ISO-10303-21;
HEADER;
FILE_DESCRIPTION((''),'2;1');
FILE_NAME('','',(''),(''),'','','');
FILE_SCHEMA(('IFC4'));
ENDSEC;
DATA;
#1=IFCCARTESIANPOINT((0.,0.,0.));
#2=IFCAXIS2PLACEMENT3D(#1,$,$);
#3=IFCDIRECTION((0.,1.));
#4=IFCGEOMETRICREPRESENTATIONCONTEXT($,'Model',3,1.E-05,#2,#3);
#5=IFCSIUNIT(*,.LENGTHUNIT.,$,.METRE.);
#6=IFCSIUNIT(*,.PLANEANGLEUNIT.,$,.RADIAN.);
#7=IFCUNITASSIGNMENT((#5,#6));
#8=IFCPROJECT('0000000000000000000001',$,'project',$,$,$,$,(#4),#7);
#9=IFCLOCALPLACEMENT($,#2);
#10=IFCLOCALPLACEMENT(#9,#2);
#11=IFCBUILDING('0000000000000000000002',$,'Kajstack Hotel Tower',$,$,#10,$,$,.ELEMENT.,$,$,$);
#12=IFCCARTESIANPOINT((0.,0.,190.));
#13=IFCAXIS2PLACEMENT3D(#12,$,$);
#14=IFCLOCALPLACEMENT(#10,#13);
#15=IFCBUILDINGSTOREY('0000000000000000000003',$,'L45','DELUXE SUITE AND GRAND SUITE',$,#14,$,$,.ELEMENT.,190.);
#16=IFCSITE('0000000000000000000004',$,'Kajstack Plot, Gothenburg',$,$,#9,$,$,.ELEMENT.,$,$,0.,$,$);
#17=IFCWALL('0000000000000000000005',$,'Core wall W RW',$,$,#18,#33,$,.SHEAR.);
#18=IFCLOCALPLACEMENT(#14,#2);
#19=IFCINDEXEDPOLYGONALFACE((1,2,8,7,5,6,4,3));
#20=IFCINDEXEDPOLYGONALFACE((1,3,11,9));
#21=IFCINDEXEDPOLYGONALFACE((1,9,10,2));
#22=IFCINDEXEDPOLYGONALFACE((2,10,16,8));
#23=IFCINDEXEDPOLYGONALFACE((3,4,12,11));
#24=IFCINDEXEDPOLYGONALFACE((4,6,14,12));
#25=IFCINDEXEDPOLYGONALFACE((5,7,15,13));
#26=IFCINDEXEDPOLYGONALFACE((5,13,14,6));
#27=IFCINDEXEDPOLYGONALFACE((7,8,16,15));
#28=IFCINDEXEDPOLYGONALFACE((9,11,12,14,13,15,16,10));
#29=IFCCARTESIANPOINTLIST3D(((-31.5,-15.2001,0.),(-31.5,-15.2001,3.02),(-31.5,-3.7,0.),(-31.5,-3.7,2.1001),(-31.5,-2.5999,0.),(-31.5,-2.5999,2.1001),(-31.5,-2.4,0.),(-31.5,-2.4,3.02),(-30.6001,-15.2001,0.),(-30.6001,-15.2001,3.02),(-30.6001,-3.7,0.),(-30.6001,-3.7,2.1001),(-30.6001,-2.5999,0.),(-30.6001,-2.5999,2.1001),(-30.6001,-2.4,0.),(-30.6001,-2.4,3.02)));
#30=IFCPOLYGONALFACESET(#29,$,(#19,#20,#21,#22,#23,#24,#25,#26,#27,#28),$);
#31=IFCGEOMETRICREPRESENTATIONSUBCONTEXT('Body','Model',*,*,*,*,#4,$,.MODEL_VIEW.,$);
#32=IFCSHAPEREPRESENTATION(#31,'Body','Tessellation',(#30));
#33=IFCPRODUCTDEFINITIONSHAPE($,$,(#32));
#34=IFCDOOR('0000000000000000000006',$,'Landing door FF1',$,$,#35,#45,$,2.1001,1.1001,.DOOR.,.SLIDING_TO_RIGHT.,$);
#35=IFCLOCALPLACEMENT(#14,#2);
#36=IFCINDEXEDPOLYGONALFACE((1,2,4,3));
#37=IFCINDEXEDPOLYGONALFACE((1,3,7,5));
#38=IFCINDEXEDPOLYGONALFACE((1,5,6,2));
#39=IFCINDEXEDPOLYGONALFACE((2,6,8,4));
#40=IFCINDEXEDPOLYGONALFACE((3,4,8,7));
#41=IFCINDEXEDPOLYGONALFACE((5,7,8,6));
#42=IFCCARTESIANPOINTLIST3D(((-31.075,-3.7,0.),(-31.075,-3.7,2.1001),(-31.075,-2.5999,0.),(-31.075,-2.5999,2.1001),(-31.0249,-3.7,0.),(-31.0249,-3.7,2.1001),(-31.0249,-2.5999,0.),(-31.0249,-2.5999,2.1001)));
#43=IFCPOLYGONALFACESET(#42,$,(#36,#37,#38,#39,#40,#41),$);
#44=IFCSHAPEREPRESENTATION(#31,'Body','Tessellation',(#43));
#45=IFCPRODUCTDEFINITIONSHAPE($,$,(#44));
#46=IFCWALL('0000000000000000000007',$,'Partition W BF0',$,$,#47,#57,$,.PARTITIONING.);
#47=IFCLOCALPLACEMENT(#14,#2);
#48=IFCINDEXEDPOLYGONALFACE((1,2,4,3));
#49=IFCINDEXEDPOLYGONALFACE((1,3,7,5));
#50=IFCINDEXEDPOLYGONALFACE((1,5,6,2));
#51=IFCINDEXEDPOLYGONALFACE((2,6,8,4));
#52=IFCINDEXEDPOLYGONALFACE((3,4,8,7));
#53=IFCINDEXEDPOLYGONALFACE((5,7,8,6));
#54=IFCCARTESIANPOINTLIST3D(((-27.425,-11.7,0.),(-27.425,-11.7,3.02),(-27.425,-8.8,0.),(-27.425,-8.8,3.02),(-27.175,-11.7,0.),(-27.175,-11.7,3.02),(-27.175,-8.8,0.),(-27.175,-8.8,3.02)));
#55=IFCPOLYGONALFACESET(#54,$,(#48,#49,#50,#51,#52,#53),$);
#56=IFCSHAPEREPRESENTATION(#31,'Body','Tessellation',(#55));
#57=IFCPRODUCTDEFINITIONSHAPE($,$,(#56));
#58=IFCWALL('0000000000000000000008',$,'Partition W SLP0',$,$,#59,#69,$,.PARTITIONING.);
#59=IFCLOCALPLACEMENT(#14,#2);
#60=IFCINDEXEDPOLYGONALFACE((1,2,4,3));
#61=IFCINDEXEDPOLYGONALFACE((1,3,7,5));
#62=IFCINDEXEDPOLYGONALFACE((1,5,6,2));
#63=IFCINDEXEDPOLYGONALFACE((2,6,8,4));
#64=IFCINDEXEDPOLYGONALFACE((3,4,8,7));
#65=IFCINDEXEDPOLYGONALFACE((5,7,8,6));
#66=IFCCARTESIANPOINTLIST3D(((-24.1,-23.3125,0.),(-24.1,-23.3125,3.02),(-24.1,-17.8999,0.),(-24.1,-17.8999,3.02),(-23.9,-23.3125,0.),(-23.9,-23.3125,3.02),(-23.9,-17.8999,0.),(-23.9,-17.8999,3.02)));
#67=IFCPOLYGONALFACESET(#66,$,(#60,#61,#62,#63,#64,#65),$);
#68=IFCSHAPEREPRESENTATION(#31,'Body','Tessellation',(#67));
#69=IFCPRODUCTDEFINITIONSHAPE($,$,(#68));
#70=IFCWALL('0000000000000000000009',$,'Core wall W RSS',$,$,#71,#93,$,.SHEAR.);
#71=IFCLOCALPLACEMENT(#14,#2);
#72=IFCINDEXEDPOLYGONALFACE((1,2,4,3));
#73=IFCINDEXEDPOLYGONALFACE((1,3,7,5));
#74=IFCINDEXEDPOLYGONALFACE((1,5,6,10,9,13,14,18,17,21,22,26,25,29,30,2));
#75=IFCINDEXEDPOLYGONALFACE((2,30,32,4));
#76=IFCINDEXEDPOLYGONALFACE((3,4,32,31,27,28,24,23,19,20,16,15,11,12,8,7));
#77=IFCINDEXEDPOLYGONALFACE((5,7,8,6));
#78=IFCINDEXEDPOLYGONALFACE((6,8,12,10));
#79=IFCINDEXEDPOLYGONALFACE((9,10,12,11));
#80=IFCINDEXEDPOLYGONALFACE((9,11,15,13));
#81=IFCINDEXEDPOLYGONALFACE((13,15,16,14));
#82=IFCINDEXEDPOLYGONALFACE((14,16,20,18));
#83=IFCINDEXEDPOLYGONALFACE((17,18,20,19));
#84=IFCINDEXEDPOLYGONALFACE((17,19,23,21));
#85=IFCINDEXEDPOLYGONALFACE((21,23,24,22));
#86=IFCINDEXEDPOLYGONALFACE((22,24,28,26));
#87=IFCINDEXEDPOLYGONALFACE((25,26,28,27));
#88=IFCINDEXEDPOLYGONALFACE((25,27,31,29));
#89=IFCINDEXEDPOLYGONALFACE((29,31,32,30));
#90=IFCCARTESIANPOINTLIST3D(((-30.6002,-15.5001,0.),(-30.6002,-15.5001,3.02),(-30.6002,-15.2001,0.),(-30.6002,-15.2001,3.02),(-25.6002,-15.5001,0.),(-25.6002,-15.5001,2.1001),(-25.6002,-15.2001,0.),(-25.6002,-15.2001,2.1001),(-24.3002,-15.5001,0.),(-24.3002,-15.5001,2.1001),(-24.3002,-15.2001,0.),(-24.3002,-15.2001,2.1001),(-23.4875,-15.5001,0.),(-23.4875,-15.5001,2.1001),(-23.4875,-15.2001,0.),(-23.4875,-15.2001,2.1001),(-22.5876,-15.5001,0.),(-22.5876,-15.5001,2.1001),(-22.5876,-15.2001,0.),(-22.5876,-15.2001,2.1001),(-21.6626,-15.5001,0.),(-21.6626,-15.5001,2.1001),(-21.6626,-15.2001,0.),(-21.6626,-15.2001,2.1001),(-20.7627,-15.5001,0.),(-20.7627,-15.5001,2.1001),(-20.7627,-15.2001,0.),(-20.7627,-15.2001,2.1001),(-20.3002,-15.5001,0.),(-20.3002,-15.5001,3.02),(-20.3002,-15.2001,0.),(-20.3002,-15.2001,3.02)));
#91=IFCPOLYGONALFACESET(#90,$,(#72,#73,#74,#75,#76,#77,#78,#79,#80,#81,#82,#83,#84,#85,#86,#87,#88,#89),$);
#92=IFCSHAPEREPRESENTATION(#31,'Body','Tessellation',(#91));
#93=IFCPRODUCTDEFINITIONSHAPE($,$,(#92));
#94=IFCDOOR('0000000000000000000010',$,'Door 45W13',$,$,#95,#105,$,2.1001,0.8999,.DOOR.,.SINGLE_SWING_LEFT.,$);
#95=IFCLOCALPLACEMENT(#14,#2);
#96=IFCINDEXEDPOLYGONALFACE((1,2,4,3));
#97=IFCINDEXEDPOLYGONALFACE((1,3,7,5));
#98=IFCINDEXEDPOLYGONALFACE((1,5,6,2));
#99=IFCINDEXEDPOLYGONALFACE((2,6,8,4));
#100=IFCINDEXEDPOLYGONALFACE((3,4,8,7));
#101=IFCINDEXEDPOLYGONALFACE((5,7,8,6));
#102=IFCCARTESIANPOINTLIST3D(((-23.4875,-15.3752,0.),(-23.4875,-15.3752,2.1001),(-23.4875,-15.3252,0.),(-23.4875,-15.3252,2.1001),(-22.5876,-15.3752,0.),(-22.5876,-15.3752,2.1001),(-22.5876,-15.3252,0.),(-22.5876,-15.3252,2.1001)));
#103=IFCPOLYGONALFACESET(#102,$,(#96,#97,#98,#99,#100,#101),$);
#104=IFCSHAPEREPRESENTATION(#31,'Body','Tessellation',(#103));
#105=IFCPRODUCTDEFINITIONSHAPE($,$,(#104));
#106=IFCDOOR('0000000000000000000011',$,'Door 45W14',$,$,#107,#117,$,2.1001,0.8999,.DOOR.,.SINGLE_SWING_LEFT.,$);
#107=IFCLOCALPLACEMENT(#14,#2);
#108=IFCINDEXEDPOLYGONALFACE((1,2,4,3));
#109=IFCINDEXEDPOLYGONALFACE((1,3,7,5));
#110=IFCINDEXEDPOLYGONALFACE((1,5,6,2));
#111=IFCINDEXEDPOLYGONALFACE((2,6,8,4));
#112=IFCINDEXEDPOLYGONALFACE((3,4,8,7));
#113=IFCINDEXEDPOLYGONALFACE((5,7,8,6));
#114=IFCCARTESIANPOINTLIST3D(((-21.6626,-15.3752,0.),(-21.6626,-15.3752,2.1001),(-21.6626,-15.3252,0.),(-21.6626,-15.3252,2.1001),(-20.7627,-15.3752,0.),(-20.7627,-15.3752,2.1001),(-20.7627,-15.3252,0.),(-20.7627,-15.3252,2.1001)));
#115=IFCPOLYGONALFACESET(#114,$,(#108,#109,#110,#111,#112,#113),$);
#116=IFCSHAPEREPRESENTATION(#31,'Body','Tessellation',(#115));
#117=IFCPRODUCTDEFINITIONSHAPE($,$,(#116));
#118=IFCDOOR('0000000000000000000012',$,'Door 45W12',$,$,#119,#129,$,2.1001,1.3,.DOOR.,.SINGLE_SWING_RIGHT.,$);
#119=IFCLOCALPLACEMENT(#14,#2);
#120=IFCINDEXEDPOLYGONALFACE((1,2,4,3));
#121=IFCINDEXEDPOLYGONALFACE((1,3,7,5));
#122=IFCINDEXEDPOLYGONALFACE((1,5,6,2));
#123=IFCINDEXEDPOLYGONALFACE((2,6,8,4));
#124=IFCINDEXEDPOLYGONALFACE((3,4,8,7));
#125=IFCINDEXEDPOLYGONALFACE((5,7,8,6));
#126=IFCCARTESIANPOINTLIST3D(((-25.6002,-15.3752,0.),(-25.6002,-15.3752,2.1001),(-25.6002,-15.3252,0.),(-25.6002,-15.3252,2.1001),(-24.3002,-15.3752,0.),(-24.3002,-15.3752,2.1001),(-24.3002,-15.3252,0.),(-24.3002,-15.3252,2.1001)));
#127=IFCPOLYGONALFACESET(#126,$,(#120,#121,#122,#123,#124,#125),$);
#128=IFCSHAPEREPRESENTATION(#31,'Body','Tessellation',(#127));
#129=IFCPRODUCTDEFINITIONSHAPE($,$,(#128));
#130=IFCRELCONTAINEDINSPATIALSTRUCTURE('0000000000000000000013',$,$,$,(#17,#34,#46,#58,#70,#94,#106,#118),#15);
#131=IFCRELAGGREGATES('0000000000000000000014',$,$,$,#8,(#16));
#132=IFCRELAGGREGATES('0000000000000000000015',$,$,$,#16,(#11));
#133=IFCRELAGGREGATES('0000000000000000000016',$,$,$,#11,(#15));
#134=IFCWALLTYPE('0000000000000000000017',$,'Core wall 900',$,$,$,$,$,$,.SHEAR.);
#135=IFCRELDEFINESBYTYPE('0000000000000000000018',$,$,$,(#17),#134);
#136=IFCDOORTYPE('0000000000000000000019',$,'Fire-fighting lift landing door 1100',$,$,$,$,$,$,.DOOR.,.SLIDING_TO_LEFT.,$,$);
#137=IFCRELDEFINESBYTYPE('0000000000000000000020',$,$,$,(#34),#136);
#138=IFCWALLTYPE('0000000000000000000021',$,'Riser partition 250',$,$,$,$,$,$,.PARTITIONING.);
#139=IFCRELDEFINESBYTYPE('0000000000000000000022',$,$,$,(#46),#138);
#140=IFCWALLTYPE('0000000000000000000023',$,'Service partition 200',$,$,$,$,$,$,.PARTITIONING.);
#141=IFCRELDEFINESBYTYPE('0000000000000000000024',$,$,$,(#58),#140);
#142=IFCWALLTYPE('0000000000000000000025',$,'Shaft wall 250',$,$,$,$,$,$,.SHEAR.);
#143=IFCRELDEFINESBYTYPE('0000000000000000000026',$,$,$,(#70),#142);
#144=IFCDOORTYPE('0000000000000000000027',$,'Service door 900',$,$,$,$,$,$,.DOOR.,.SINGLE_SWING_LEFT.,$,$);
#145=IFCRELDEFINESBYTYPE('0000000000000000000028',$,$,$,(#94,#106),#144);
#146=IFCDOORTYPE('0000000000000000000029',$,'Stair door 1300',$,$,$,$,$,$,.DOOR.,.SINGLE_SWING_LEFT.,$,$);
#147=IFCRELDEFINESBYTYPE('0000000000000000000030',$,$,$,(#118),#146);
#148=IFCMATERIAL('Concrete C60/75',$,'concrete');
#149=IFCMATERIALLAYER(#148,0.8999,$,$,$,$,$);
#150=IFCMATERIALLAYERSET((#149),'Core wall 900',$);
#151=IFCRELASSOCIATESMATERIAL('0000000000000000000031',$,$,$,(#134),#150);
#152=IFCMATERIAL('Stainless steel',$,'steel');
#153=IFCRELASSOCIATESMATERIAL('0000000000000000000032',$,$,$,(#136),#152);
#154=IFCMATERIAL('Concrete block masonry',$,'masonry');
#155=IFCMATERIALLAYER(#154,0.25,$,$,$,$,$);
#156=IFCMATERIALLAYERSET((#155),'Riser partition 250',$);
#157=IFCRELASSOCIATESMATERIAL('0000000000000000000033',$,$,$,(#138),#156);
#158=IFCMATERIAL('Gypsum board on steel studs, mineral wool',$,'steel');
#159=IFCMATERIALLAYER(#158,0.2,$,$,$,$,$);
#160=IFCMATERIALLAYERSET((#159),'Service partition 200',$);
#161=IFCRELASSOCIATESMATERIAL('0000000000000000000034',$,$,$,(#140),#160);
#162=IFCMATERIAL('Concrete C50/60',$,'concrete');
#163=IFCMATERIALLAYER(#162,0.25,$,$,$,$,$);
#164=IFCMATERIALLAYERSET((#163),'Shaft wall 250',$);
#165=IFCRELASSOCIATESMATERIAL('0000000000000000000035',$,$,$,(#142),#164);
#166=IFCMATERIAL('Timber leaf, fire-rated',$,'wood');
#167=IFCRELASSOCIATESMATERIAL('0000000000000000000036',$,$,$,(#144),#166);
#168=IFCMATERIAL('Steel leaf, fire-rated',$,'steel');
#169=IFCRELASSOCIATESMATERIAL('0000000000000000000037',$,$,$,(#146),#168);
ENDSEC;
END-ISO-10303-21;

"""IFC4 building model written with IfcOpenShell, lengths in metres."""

from ifc_helpers import new_model, si_unit, direction, frame, frame_2d, origin, place, context, subcontext, project, spatial, rectangle, extrude, material, layer, layer_set, type_object, element, fill, save


model = new_model("IFC4")

# Units and contexts
model_context = context("Model", 3, precision=1e-05, world=origin(), true_north=direction((0.0, 1.0)))
body_context = subcontext(model_context, "Body", "Model", "MODEL_VIEW")
ifc_project = project(units=[si_unit("LENGTHUNIT", "METRE"), si_unit("PLANEANGLEUNIT", "RADIAN")], contexts=[model_context])

# Site, building, storey
site_placement = place(None, origin())
site = spatial("IfcSite", under=ifc_project, at=site_placement, Name="Kajstack Plot, Gothenburg", CompositionType="ELEMENT", RefElevation=0.0)
building_placement = place(site_placement, origin())
building = spatial("IfcBuilding", under=site, at=building_placement, Name="Kajstack Hotel Tower", CompositionType="ELEMENT")
storey_placement = place(building_placement, frame((0.0, 0.0, 190.0)))
storey = spatial("IfcBuildingStorey", under=building, at=storey_placement, Name="L45", Description="DELUXE SUITE AND GRAND SUITE", CompositionType="ELEMENT", Elevation=190.0)

# Wall, opening, door
ifc_material_1 = material(Name="Concrete C60/75", Category="concrete")
ifc_layer_1 = layer(ifc_material_1, 0.8999)
ifc_layer_set_1 = layer_set([ifc_layer_1], Name="Core wall 900")
wall_type_1 = type_object("IfcWallType", Name="Core wall 900", PredefinedType="SHEAR", material=ifc_layer_set_1)
wall_1_placement = place(storey_placement, frame((-31.05, -15.2, 0.0), z_axis=(0.0, 0.0, 1.0), x_axis=(0.0, 1.0, 0.0)))
wall_1 = element("IfcWall", 1, at=wall_1_placement, inside=storey, type_object=wall_type_1, Name="Core wall W RW", PredefinedType="SHEAR", context=body_context, shape_type="SweptSolid", body=[
    extrude(rectangle(XDim=12.8, YDim=0.8999, at=frame_2d((6.3999, 0.0))), origin(), (0.0, 0.0, 1.0), 3.02),
])
opening_1_placement = place(wall_1_placement, frame((11.5, 0.0, 0.0)))
opening_1 = element("IfcOpeningElement", 2, at=opening_1_placement, cuts=wall_1, PredefinedType="OPENING", context=body_context, shape_type="SweptSolid", body=[
    extrude(rectangle(XDim=1.1001, YDim=2.1001, at=frame_2d((0.55, 1.05))), frame((0.0, 0.46, 0.0), z_axis=(0.0, -1.0, 0.0), x_axis=(1.0, 0.0, 0.0)), (0.0, 0.0, 1.0), 0.9199),
])
ifc_material_2 = material(Name="Stainless steel", Category="steel")
door_type_1 = type_object("IfcDoorType", Name="Fire-fighting lift landing door 1100", OperationType="SLIDING_TO_LEFT", PredefinedType="DOOR", material=ifc_material_2)
door_1_placement = place(opening_1_placement, origin())
door_1 = element("IfcDoor", 3, at=door_1_placement, inside=storey, type_object=door_type_1, Name="Landing door FF1", OperationType="SLIDING_TO_RIGHT", OverallHeight=2.1001, OverallWidth=1.1001, PredefinedType="DOOR", context=body_context, shape_type="SweptSolid", body=[
    extrude(rectangle(XDim=1.1001, YDim=2.1001, at=frame_2d((0.55, 1.05))), frame((0.0, 0.0249, 0.0), z_axis=(0.0, -1.0, 0.0), x_axis=(1.0, 0.0, 0.0)), (0.0, 0.0, 1.0), 0.05),
])
fill(opening_1, door_1)

# Walls
ifc_material_3 = material(Name="Concrete block masonry", Category="masonry")
ifc_layer_2 = layer(ifc_material_3, 0.25)
ifc_layer_set_2 = layer_set([ifc_layer_2], Name="Riser partition 250")
wall_type_2 = type_object("IfcWallType", Name="Riser partition 250", PredefinedType="PARTITIONING", material=ifc_layer_set_2)
wall_2_placement = place(storey_placement, frame((-27.3, -11.7, 0.0), z_axis=(0.0, 0.0, 1.0), x_axis=(0.0, 1.0, 0.0)))
element("IfcWall", 4, at=wall_2_placement, inside=storey, type_object=wall_type_2, Name="Partition W BF0", PredefinedType="PARTITIONING", context=body_context, shape_type="SweptSolid", body=[
    extrude(rectangle(XDim=2.8999, YDim=0.25, at=frame_2d((1.45, 0.0))), origin(), (0.0, 0.0, 1.0), 3.02),
])
ifc_material_4 = material(Name="Gypsum board on steel studs, mineral wool", Category="steel")
ifc_layer_3 = layer(ifc_material_4, 0.2)
ifc_layer_set_3 = layer_set([ifc_layer_3], Name="Service partition 200")
wall_type_3 = type_object("IfcWallType", Name="Service partition 200", PredefinedType="PARTITIONING", material=ifc_layer_set_3)
wall_3_placement = place(storey_placement, frame((-24.0, -23.3125, 0.0), z_axis=(0.0, 0.0, 1.0), x_axis=(0.0, 1.0, 0.0)))
element("IfcWall", 5, at=wall_3_placement, inside=storey, type_object=wall_type_3, Name="Partition W SLP0", PredefinedType="PARTITIONING", context=body_context, shape_type="SweptSolid", body=[
    extrude(rectangle(XDim=5.4126, YDim=0.2, at=frame_2d((2.7063, 0.0))), origin(), (0.0, 0.0, 1.0), 3.02),
])

# Wall, openings, doors
ifc_material_5 = material(Name="Concrete C50/60", Category="concrete")
ifc_layer_4 = layer(ifc_material_5, 0.25)
ifc_layer_set_4 = layer_set([ifc_layer_4], Name="Shaft wall 250")
wall_type_4 = type_object("IfcWallType", Name="Shaft wall 250", PredefinedType="SHEAR", material=ifc_layer_set_4)
wall_4_placement = place(storey_placement, frame((-30.6001, -15.3501, 0.0), z_axis=(0.0, 0.0, 1.0), x_axis=(1.0, 0.0, 0.0)))
wall_4 = element("IfcWall", 6, at=wall_4_placement, inside=storey, type_object=wall_type_4, Name="Core wall W RSS", PredefinedType="SHEAR", context=body_context, shape_type="SweptSolid", body=[
    extrude(rectangle(XDim=10.3, YDim=0.3, at=frame_2d((5.1499, 0.0))), origin(), (0.0, 0.0, 1.0), 3.02),
])
opening_2_placement = place(wall_4_placement, frame((5.0, 0.0, 0.0)))
opening_2 = element("IfcOpeningElement", 7, at=opening_2_placement, cuts=wall_4, PredefinedType="OPENING", context=body_context, shape_type="SweptSolid", body=[
    extrude(rectangle(XDim=1.3, YDim=2.1001, at=frame_2d((0.6499, 1.05))), frame((0.0, 0.1599, 0.0), z_axis=(0.0, -1.0, 0.0), x_axis=(1.0, 0.0, 0.0)), (0.0, 0.0, 1.0), 0.3201),
])
opening_3_placement = place(wall_4_placement, frame((7.1125, 0.0, 0.0)))
opening_3 = element("IfcOpeningElement", 8, at=opening_3_placement, cuts=wall_4, PredefinedType="OPENING", context=body_context, shape_type="SweptSolid", body=[
    extrude(rectangle(XDim=0.8999, YDim=2.1001, at=frame_2d((0.45, 1.05))), frame((0.0, 0.1599, 0.0), z_axis=(0.0, -1.0, 0.0), x_axis=(1.0, 0.0, 0.0)), (0.0, 0.0, 1.0), 0.3201),
])
opening_4_placement = place(wall_4_placement, frame((8.9375, 0.0, 0.0)))
opening_4 = element("IfcOpeningElement", 9, at=opening_4_placement, cuts=wall_4, PredefinedType="OPENING", context=body_context, shape_type="SweptSolid", body=[
    extrude(rectangle(XDim=0.8999, YDim=2.1001, at=frame_2d((0.45, 1.05))), frame((0.0, 0.1599, 0.0), z_axis=(0.0, -1.0, 0.0), x_axis=(1.0, 0.0, 0.0)), (0.0, 0.0, 1.0), 0.3201),
])
ifc_material_6 = material(Name="Timber leaf, fire-rated", Category="wood")
door_type_2 = type_object("IfcDoorType", Name="Service door 900", OperationType="SINGLE_SWING_LEFT", PredefinedType="DOOR", material=ifc_material_6)
door_2_placement = place(opening_3_placement, origin())
door_2 = element("IfcDoor", 10, at=door_2_placement, inside=storey, type_object=door_type_2, Name="Door 45W13", OperationType="SINGLE_SWING_LEFT", OverallHeight=2.1001, OverallWidth=0.8999, PredefinedType="DOOR", context=body_context, shape_type="SweptSolid", body=[
    extrude(rectangle(XDim=0.8999, YDim=2.1001, at=frame_2d((0.45, 1.05))), frame((0.0, 0.0249, 0.0), z_axis=(0.0, -1.0, 0.0), x_axis=(1.0, 0.0, 0.0)), (0.0, 0.0, 1.0), 0.05),
])
fill(opening_3, door_2)
door_3_placement = place(opening_4_placement, origin())
door_3 = element("IfcDoor", 11, at=door_3_placement, inside=storey, type_object=door_type_2, Name="Door 45W14", OperationType="SINGLE_SWING_LEFT", OverallHeight=2.1001, OverallWidth=0.8999, PredefinedType="DOOR", context=body_context, shape_type="SweptSolid", body=[
    extrude(rectangle(XDim=0.8999, YDim=2.1001, at=frame_2d((0.45, 1.05))), frame((0.0, 0.0249, 0.0), z_axis=(0.0, -1.0, 0.0), x_axis=(1.0, 0.0, 0.0)), (0.0, 0.0, 1.0), 0.05),
])
fill(opening_4, door_3)
ifc_material_7 = material(Name="Steel leaf, fire-rated", Category="steel")
door_type_3 = type_object("IfcDoorType", Name="Stair door 1300", OperationType="SINGLE_SWING_LEFT", PredefinedType="DOOR", material=ifc_material_7)
door_4_placement = place(opening_2_placement, origin())
door_4 = element("IfcDoor", 12, at=door_4_placement, inside=storey, type_object=door_type_3, Name="Door 45W12", OperationType="SINGLE_SWING_RIGHT", OverallHeight=2.1001, OverallWidth=1.3, PredefinedType="DOOR", context=body_context, shape_type="SweptSolid", body=[
    extrude(rectangle(XDim=1.3, YDim=2.1001, at=frame_2d((0.6499, 1.05))), frame((0.0, 0.0249, 0.0), z_axis=(0.0, -1.0, 0.0), x_axis=(1.0, 0.0, 0.0)), (0.0, 0.0, 1.0), 0.05),
])
fill(opening_2, door_4)

save(model, "model.ifc")
